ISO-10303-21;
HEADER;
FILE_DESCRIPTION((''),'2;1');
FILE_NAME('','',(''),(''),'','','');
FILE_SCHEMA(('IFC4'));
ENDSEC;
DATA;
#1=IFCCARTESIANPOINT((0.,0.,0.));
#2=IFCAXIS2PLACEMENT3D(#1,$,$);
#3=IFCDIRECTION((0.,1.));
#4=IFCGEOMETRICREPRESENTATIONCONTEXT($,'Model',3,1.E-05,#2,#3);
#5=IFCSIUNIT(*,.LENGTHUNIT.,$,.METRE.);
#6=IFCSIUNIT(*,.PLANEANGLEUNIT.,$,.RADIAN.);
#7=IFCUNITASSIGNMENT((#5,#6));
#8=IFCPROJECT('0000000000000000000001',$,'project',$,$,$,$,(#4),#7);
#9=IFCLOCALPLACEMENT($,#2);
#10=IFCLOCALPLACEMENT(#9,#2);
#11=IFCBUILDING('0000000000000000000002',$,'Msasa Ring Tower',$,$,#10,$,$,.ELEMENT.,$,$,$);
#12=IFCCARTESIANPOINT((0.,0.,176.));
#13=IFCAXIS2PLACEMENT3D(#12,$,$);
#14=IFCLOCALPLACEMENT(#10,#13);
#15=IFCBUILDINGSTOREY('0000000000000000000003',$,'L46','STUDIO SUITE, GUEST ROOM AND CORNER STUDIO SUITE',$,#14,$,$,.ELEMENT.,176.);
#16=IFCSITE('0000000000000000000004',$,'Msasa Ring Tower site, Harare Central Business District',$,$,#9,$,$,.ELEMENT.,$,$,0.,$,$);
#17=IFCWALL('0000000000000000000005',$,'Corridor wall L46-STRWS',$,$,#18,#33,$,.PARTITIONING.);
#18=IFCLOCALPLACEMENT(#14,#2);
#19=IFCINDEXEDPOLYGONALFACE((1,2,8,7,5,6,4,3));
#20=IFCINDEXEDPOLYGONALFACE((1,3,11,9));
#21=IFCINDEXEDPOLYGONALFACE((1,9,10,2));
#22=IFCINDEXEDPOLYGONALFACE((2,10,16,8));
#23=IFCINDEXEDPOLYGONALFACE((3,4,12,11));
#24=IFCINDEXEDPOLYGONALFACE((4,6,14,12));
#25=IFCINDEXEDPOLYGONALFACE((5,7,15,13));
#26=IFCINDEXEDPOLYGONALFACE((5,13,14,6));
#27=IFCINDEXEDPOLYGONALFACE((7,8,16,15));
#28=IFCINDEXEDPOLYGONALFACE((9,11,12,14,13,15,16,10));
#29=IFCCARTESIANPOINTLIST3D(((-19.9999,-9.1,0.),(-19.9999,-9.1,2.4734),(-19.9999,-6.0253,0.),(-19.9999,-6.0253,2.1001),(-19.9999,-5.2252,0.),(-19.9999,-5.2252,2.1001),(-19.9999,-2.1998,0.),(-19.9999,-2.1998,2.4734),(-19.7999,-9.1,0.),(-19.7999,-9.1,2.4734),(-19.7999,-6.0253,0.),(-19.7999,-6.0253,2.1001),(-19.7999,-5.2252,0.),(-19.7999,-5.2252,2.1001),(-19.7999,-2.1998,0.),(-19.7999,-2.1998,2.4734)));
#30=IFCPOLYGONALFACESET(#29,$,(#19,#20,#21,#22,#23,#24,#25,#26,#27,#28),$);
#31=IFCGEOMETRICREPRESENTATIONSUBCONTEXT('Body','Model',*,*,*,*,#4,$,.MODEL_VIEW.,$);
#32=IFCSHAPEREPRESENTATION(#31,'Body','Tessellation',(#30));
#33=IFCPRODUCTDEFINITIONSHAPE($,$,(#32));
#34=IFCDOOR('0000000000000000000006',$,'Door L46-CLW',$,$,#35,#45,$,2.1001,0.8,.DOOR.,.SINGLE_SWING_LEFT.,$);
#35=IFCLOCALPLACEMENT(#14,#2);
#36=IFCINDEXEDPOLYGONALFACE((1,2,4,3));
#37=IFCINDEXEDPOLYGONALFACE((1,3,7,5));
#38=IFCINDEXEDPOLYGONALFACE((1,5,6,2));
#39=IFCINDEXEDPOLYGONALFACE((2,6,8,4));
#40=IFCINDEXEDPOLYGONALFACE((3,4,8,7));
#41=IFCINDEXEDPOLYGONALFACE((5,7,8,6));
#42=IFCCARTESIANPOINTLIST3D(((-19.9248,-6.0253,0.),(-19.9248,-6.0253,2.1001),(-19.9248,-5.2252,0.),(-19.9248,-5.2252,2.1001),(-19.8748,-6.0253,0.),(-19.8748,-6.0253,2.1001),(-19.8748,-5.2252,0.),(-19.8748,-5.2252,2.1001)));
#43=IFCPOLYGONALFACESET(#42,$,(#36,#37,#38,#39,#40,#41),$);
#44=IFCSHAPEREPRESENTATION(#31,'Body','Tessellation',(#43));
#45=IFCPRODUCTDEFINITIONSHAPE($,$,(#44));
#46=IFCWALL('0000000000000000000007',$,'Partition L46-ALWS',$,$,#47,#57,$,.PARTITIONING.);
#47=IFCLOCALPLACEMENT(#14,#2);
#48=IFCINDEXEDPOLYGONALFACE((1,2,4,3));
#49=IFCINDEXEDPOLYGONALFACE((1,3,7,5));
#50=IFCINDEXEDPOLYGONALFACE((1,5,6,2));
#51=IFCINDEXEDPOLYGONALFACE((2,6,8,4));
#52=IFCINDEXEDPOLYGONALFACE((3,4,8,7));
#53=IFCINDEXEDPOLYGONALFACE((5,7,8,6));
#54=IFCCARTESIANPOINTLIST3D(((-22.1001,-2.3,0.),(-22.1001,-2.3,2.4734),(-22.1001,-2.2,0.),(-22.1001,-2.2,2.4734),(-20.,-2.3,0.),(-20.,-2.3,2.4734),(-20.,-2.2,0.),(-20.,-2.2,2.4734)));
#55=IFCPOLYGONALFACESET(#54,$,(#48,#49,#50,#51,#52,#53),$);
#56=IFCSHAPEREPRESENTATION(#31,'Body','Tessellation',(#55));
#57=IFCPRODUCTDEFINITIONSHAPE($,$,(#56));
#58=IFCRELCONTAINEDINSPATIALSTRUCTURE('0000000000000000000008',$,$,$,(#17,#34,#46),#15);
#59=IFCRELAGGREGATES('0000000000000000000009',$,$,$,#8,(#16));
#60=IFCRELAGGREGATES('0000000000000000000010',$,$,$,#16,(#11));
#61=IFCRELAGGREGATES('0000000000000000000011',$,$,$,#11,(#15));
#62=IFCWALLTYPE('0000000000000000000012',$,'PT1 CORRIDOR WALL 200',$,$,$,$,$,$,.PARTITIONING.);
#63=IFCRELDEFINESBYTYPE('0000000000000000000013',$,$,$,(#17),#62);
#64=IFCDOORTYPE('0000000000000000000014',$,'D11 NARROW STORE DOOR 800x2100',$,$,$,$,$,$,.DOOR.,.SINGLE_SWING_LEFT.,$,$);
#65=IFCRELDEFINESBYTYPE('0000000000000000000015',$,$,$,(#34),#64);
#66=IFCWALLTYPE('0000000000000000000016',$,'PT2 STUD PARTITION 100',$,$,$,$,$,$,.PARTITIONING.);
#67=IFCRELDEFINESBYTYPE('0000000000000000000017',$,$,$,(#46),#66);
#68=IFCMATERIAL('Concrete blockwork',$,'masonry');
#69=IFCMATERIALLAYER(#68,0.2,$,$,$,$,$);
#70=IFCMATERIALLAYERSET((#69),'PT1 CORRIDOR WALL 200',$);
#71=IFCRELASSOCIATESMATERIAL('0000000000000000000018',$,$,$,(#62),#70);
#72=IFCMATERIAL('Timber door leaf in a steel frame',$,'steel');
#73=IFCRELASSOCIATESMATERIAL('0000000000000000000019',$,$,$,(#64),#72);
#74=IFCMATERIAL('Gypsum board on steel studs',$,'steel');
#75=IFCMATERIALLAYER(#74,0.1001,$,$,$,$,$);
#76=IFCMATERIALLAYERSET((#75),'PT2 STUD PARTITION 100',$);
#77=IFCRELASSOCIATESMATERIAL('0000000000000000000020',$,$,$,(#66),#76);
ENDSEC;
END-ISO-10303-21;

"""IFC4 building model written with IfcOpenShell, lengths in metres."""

from ifc_helpers import new_model, si_unit, direction, frame, frame_2d, origin, place, context, subcontext, project, spatial, rectangle, extrude, material, layer, layer_set, type_object, element, fill, save


model = new_model("IFC4")

# Units and contexts
model_context = context("Model", 3, precision=1e-05, world=origin(), true_north=direction((0.0, 1.0)))
body_context = subcontext(model_context, "Body", "Model", "MODEL_VIEW")
ifc_project = project(units=[si_unit("LENGTHUNIT", "METRE"), si_unit("PLANEANGLEUNIT", "RADIAN")], contexts=[model_context])

# Site, building, storey
site_placement = place(None, origin())
site = spatial("IfcSite", under=ifc_project, at=site_placement, Name="Msasa Ring Tower site, Harare Central Business District", CompositionType="ELEMENT", RefElevation=0.0)
building_placement = place(site_placement, origin())
building = spatial("IfcBuilding", under=site, at=building_placement, Name="Msasa Ring Tower", CompositionType="ELEMENT")
storey_placement = place(building_placement, frame((0.0, 0.0, 176.0)))
storey = spatial("IfcBuildingStorey", under=building, at=storey_placement, Name="L46", Description="STUDIO SUITE, GUEST ROOM AND CORNER STUDIO SUITE", CompositionType="ELEMENT", Elevation=176.0)

# Wall, opening, door
ifc_material_1 = material(Name="Concrete blockwork", Category="masonry")
ifc_layer_1 = layer(ifc_material_1, 0.2)
ifc_layer_set_1 = layer_set([ifc_layer_1], Name="PT1 CORRIDOR WALL 200")
wall_type_1 = type_object("IfcWallType", Name="PT1 CORRIDOR WALL 200", PredefinedType="PARTITIONING", material=ifc_layer_set_1)
wall_1_placement = place(storey_placement, frame((-19.8999, -9.1001, 0.0), z_axis=(0.0, 0.0, 1.0), x_axis=(0.0, 1.0, 0.0)))
wall_1 = element("IfcWall", 1, at=wall_1_placement, inside=storey, type_object=wall_type_1, Name="Corridor wall L46-STRWS", PredefinedType="PARTITIONING", context=body_context, shape_type="SweptSolid", body=[
    extrude(rectangle(XDim=6.9001, YDim=0.2, at=frame_2d((3.4502, 0.0))), origin(), (0.0, 0.0, 1.0), 2.4734),
])
opening_1_placement = place(wall_1_placement, frame((3.075, 0.0, 0.0)))
opening_1 = element("IfcOpeningElement", 2, at=opening_1_placement, cuts=wall_1, PredefinedType="OPENING", context=body_context, shape_type="SweptSolid", body=[
    extrude(rectangle(XDim=0.8, YDim=2.1001, at=frame_2d((0.3999, 1.05))), frame((0.0, 0.1099, 0.0), z_axis=(0.0, -1.0, 0.0), x_axis=(1.0, 0.0, 0.0)), (0.0, 0.0, 1.0), 0.22),
])
ifc_material_2 = material(Name="Timber door leaf in a steel frame", Category="steel")
door_type = type_object("IfcDoorType", Name="D11 NARROW STORE DOOR 800x2100", OperationType="SINGLE_SWING_LEFT", PredefinedType="DOOR", material=ifc_material_2)
door_placement = place(opening_1_placement, origin())
door = element("IfcDoor", 3, at=door_placement, inside=storey, type_object=door_type, Name="Door L46-CLW", OperationType="SINGLE_SWING_LEFT", OverallHeight=2.1001, OverallWidth=0.8, PredefinedType="DOOR", context=body_context, shape_type="SweptSolid", body=[
    extrude(rectangle(XDim=0.8, YDim=2.1001, at=frame_2d((0.3999, 1.05))), frame((0.0, 0.0249, 0.0), z_axis=(0.0, -1.0, 0.0), x_axis=(1.0, 0.0, 0.0)), (0.0, 0.0, 1.0), 0.05),
])
fill(opening_1, door)

# Wall
ifc_material_3 = material(Name="Gypsum board on steel studs", Category="steel")
ifc_layer_2 = layer(ifc_material_3, 0.1001)
ifc_layer_set_2 = layer_set([ifc_layer_2], Name="PT2 STUD PARTITION 100")
wall_type_2 = type_object("IfcWallType", Name="PT2 STUD PARTITION 100", PredefinedType="PARTITIONING", material=ifc_layer_set_2)
wall_2_placement = place(storey_placement, frame((-22.1001, -2.25, 0.0), z_axis=(0.0, 0.0, 1.0), x_axis=(1.0, 0.0, 0.0)))
element("IfcWall", 4, at=wall_2_placement, inside=storey, type_object=wall_type_2, Name="Partition L46-ALWS", PredefinedType="PARTITIONING", context=body_context, shape_type="SweptSolid", body=[
    extrude(rectangle(XDim=2.1001, YDim=0.1001, at=frame_2d((1.05, 0.0))), origin(), (0.0, 0.0, 1.0), 2.4734),
])

save(model, "model.ifc")
